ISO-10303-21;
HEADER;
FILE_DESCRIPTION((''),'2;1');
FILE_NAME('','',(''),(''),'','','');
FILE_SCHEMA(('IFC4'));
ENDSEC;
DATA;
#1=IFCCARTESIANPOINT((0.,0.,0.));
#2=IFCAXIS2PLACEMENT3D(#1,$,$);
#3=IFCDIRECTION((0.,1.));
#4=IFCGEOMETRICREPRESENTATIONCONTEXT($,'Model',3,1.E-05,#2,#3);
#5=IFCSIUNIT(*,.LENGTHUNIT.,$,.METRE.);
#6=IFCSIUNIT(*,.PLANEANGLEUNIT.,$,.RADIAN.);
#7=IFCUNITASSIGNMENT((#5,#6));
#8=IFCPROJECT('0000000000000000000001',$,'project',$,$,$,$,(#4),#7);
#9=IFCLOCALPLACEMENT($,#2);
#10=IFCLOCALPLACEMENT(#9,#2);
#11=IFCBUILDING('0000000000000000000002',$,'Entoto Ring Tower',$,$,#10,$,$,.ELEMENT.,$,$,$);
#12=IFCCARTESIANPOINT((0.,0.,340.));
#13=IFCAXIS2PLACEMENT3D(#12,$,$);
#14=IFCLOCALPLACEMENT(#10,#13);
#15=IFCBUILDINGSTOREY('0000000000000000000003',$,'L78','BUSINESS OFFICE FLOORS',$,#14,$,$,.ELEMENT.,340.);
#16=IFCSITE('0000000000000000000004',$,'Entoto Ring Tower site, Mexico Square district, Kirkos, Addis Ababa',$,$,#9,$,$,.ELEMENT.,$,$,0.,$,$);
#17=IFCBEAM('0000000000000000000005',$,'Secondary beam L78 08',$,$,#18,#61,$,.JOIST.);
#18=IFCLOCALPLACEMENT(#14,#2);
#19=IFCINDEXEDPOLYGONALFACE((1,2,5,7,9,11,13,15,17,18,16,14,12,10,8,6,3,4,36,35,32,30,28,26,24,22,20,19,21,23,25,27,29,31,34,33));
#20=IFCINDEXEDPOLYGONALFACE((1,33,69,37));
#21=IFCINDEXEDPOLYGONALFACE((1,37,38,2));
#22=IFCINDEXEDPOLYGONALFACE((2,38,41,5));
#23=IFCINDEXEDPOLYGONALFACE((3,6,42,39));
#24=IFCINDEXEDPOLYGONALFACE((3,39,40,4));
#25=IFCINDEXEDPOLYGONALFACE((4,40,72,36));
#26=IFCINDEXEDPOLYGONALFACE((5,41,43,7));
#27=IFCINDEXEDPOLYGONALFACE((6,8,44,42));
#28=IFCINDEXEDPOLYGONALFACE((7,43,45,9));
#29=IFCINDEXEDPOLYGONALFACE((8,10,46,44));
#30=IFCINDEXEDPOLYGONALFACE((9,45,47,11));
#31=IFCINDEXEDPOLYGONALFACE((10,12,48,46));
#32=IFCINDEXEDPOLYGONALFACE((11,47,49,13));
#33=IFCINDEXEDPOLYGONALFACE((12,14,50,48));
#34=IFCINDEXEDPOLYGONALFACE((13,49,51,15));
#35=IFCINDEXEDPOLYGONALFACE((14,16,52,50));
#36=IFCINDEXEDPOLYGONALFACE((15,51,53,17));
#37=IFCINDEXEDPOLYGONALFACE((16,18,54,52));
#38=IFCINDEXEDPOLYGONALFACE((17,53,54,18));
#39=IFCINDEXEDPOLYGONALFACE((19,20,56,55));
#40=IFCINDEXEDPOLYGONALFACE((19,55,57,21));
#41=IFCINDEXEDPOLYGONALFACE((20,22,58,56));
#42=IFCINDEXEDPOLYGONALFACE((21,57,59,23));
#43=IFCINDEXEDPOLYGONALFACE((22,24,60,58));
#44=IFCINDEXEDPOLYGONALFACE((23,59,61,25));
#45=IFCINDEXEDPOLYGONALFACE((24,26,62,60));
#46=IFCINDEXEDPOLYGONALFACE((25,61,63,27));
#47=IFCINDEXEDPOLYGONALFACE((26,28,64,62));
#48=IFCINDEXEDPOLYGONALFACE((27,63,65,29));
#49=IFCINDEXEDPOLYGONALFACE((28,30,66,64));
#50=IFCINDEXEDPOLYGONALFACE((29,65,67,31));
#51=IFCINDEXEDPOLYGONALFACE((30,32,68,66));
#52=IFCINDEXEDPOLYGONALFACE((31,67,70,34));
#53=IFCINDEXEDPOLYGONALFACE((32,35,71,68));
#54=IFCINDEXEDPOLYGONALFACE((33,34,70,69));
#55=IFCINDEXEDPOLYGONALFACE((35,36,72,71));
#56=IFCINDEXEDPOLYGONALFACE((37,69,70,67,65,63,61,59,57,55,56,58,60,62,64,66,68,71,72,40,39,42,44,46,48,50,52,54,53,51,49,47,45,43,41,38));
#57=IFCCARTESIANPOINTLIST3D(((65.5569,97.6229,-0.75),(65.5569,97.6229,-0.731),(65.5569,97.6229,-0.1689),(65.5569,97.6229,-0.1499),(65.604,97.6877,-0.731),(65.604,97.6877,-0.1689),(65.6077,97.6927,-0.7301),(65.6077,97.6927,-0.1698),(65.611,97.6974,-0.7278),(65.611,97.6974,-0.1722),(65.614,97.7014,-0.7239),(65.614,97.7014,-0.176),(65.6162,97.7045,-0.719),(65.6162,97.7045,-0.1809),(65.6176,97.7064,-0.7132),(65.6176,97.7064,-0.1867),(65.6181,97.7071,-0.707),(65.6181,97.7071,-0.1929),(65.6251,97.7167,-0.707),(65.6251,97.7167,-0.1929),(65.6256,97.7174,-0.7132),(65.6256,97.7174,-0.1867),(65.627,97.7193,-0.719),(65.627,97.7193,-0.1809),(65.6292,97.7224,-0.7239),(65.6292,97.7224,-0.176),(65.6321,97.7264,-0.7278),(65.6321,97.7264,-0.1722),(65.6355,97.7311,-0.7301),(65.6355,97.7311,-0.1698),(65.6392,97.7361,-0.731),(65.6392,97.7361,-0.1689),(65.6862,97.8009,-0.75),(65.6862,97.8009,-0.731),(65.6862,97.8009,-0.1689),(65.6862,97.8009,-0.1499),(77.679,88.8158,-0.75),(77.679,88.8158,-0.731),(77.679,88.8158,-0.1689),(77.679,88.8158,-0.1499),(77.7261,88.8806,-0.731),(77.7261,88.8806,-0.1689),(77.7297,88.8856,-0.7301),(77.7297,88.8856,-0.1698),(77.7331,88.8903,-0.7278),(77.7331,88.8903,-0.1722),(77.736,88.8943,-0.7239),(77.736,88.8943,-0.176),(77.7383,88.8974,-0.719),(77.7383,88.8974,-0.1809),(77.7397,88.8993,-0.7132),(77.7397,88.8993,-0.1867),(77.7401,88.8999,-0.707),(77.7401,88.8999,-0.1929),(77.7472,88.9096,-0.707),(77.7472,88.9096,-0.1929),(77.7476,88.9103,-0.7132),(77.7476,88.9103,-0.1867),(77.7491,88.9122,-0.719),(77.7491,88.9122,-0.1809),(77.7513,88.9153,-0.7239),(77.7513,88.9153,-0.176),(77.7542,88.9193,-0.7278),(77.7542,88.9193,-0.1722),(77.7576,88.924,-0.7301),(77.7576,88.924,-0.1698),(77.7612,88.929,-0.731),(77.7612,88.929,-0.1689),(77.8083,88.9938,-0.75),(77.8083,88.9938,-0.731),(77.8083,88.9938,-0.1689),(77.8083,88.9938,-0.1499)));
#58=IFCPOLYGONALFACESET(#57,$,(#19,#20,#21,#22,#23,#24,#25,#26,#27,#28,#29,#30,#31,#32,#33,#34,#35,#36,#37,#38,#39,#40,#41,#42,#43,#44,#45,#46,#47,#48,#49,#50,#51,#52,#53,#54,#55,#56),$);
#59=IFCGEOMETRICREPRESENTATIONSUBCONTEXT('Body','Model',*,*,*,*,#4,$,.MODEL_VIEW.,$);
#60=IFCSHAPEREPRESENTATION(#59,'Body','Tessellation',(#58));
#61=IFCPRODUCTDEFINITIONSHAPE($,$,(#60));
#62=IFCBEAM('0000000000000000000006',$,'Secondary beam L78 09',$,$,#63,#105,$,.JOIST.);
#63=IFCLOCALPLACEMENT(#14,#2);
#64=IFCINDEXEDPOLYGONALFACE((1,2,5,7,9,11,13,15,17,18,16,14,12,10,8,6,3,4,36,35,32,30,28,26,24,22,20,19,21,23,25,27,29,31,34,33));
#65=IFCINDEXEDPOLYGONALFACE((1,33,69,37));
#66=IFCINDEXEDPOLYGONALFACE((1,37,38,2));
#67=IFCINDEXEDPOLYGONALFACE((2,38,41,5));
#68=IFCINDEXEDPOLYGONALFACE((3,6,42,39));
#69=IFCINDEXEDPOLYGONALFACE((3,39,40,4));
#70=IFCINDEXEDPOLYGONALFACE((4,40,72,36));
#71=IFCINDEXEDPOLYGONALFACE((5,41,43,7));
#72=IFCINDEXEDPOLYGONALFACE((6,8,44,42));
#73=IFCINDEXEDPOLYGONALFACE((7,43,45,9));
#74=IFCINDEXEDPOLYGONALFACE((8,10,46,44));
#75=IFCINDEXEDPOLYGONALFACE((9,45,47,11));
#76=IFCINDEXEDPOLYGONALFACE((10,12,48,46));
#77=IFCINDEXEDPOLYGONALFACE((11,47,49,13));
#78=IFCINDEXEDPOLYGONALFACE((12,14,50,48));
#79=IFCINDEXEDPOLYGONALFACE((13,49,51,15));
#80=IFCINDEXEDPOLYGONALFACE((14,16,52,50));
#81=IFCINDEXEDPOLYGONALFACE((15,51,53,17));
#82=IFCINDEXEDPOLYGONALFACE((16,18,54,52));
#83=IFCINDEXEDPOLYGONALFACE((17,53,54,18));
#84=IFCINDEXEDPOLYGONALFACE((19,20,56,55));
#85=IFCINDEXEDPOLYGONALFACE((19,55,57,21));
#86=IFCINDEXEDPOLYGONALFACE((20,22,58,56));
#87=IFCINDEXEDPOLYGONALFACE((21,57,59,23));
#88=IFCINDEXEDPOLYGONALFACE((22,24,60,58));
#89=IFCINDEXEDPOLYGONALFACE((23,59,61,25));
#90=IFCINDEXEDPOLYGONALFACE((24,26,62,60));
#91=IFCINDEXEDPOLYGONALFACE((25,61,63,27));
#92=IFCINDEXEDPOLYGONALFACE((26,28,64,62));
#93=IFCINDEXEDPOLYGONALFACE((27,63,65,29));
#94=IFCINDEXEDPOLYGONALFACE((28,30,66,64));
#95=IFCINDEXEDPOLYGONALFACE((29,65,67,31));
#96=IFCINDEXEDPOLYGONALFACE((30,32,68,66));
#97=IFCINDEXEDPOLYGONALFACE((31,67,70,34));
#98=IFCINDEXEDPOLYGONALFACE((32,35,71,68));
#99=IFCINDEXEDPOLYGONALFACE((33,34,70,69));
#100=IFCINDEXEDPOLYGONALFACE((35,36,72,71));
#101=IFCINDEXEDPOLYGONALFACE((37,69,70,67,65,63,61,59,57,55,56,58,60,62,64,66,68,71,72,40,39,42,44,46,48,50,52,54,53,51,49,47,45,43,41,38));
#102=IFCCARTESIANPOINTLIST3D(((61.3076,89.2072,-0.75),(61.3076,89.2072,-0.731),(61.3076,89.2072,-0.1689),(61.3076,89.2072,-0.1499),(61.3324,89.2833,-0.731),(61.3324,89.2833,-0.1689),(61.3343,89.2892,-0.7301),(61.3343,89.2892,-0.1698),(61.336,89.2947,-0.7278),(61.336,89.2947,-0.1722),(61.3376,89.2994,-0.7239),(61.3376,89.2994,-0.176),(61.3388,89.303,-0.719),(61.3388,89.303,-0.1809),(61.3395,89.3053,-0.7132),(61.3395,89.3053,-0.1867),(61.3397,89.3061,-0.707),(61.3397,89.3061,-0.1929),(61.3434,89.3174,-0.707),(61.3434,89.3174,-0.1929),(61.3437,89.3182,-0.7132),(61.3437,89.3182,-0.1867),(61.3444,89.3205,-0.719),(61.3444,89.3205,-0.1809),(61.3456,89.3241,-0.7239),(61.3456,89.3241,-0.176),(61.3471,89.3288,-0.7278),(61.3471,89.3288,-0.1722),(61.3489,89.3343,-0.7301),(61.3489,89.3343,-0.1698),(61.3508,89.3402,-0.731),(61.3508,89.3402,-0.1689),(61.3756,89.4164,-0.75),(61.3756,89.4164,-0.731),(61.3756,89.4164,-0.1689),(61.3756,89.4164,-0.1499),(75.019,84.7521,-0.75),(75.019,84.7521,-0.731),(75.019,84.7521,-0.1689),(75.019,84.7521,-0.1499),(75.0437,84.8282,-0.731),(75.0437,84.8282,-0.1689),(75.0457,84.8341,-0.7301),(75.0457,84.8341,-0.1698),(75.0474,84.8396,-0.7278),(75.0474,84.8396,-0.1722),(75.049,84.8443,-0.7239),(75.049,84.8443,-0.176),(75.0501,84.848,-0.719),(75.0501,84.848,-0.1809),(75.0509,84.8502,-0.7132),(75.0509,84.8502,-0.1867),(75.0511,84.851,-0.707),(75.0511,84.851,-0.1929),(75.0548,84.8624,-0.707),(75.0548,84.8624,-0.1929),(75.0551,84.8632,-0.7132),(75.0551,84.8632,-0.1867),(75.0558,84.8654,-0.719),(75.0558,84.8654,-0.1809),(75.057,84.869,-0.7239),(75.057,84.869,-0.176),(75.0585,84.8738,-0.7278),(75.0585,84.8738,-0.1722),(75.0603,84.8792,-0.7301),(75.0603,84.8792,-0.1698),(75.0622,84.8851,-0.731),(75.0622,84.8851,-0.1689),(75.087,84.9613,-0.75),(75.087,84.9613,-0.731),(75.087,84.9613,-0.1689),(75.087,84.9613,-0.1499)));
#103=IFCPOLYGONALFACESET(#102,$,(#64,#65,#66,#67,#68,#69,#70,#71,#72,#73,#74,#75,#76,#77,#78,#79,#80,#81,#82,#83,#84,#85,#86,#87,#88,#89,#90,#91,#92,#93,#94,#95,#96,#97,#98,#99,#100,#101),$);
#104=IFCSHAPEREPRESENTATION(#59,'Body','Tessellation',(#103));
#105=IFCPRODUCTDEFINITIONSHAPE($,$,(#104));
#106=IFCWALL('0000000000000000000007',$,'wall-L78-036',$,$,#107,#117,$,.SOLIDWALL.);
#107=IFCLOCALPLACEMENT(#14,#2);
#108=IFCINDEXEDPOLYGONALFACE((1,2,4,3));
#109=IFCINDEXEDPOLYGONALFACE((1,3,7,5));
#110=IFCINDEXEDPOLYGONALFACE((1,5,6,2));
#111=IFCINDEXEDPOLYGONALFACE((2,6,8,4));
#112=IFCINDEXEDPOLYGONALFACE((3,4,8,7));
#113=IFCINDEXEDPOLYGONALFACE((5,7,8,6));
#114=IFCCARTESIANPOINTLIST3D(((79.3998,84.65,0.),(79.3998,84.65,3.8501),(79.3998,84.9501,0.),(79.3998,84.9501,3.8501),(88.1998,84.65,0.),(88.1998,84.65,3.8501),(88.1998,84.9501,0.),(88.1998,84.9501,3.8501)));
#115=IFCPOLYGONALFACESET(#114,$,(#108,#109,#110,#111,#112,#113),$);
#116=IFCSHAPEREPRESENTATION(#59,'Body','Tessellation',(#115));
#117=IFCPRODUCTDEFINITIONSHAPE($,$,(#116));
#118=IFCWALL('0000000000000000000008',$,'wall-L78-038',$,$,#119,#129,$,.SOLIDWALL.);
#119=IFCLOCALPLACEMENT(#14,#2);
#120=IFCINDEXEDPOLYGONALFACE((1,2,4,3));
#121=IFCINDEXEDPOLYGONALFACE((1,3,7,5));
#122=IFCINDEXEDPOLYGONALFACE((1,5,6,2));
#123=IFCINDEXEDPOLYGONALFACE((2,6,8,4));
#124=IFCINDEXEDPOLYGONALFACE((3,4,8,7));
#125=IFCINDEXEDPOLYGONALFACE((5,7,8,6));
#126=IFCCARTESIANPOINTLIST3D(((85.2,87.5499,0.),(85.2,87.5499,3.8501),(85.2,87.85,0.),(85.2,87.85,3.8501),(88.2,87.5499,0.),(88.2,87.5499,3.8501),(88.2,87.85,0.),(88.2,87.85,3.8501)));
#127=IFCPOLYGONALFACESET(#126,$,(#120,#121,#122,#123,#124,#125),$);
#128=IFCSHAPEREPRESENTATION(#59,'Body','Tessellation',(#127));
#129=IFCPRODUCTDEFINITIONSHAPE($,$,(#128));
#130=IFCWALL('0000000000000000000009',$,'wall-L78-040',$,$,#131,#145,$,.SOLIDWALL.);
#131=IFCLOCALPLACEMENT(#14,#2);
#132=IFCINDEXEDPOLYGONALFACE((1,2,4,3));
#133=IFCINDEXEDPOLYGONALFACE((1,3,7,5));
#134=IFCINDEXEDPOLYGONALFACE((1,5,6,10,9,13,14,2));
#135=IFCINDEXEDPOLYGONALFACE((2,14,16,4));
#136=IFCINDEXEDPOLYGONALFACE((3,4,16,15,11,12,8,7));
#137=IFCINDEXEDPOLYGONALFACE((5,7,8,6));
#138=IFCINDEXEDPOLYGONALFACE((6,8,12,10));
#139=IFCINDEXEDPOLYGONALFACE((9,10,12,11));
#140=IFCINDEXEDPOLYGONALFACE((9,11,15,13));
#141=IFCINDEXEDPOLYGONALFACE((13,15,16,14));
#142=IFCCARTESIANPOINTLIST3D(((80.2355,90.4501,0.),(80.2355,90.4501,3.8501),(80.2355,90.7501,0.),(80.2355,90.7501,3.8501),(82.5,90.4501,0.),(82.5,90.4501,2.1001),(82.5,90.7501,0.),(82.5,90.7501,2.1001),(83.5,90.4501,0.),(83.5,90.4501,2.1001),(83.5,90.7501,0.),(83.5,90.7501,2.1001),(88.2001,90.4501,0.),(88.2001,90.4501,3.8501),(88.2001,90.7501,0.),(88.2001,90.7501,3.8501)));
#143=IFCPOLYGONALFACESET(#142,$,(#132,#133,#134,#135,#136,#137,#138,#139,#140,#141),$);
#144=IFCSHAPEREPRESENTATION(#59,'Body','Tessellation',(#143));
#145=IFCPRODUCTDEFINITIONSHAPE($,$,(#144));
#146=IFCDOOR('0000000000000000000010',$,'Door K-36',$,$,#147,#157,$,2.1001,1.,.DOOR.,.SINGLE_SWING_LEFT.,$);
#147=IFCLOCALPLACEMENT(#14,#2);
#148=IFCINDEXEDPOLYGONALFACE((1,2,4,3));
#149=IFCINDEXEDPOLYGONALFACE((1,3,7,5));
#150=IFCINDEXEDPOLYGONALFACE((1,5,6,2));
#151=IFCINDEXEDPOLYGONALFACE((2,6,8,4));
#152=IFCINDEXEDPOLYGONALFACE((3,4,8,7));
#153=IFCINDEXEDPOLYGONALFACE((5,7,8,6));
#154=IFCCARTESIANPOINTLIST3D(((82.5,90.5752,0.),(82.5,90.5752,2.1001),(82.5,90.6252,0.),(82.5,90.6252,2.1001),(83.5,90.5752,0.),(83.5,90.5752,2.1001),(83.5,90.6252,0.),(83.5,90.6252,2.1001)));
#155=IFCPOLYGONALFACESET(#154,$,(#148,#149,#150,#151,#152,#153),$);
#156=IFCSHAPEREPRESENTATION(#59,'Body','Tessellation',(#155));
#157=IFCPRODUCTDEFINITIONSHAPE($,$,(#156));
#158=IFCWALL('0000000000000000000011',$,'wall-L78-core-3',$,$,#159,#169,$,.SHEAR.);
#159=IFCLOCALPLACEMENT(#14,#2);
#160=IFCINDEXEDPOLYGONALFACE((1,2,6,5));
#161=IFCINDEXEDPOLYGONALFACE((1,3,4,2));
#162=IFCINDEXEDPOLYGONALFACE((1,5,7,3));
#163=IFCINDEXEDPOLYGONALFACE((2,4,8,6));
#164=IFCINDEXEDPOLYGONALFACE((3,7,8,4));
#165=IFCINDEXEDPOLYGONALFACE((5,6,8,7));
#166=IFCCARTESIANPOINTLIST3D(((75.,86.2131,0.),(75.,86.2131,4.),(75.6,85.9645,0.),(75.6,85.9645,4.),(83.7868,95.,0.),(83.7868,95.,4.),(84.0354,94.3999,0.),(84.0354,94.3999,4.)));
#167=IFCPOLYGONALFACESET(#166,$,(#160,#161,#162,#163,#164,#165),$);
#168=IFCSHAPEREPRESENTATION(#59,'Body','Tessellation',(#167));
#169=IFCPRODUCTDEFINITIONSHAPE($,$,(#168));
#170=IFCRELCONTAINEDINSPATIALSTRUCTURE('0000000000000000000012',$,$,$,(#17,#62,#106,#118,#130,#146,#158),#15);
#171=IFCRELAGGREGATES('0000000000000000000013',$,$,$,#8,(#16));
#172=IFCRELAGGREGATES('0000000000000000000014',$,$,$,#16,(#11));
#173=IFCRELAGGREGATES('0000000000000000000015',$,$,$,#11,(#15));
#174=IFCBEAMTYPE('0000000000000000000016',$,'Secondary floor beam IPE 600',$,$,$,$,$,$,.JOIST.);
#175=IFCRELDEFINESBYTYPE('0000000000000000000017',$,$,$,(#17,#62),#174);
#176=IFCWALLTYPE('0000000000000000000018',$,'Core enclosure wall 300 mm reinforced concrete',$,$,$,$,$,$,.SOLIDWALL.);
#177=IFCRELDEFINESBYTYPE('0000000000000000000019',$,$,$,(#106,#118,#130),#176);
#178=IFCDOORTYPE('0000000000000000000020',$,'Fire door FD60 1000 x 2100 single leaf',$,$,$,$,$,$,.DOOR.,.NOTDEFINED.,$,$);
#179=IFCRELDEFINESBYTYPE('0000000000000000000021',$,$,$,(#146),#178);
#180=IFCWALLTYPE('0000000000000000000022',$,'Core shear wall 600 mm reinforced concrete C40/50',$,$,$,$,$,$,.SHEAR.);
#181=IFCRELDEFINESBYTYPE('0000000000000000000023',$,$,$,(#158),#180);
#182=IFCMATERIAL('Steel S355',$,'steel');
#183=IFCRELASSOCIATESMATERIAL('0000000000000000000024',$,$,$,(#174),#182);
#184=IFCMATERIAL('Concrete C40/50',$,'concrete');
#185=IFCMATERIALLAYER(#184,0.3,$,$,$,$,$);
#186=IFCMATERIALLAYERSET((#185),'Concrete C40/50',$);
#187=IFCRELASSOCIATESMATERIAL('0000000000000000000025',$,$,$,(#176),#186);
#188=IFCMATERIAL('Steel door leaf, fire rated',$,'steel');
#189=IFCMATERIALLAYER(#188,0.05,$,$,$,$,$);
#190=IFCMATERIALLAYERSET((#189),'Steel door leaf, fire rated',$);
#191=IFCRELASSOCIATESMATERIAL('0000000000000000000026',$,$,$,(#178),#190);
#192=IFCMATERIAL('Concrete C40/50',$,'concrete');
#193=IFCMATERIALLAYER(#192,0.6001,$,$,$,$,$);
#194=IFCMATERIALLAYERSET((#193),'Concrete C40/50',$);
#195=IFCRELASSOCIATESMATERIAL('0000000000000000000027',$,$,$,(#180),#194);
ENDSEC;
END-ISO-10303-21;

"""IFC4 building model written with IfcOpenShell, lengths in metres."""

from ifc_helpers import new_model, si_unit, direction, frame, frame_2d, origin, origin_2d, place, context, subcontext, project, spatial, polyline, rectangle, i_section, outline, extrude, material, layer, layer_set, material_profile, profile_set, type_object, element, fill, save


model = new_model("IFC4")

# Units and contexts
model_context = context("Model", 3, precision=1e-05, world=origin(), true_north=direction((0.0, 1.0)))
body_context = subcontext(model_context, "Body", "Model", "MODEL_VIEW")
ifc_project = project(units=[si_unit("LENGTHUNIT", "METRE"), si_unit("PLANEANGLEUNIT", "RADIAN")], contexts=[model_context])

# Site, building, storey
site_placement = place(None, origin())
site = spatial("IfcSite", under=ifc_project, at=site_placement, Name="Entoto Ring Tower site, Mexico Square district, Kirkos, Addis Ababa", CompositionType="ELEMENT", RefElevation=0.0)
building_placement = place(site_placement, origin())
building = spatial("IfcBuilding", under=site, at=building_placement, Name="Entoto Ring Tower", CompositionType="ELEMENT")
storey_placement = place(building_placement, frame((0.0, 0.0, 340.0)))
storey = spatial("IfcBuildingStorey", under=building, at=storey_placement, Name="L78", Description="BUSINESS OFFICE FLOORS", CompositionType="ELEMENT", Elevation=340.0)

# Beams
ifc_material_1 = material(Name="Steel S355", Category="steel")
ifc_material_profile_1 = material_profile(ifc_material_1, i_section(OverallWidth=0.22, OverallDepth=0.6001, WebThickness=0.012, FlangeThickness=0.019, FilletRadius=0.0239, at=origin_2d()), Name="IPE 600")
ifc_profile_set_1 = profile_set([ifc_material_profile_1], Name="Steel S355")
beam_type_1 = type_object("IfcBeamType", Name="Secondary floor beam IPE 600", PredefinedType="JOIST", material=ifc_profile_set_1)
for number, where, z_axis, x_axis, name in (
    (1, (77.7437, 88.9048, -0.45), (-0.809019, 0.587782, 0.0), (-0.587782, -0.809019, 0.0), "Secondary beam L78 08"),
):
    element("IfcBeam", number, at=place(storey_placement, frame(where, z_axis=z_axis, x_axis=x_axis)), inside=storey, type_object=beam_type_1, Name=name, PredefinedType="JOIST", context=body_context, shape_type="SweptSolid", body=[
        extrude(i_section(OverallWidth=0.22, OverallDepth=0.6001, WebThickness=0.012, FlangeThickness=0.019, FilletRadius=0.0239, at=origin_2d()), origin(), (0.0, 0.0, 1.0), 14.9836),
    ])
beam_1_placement = place(storey_placement, frame((75.053, 84.8567, -0.45), z_axis=(-0.951057, 0.309015, 0.0), x_axis=(-0.309015, -0.951057, 0.0)))
element("IfcBeam", 2, at=beam_1_placement, inside=storey, type_object=beam_type_1, Name="Secondary beam L78 09", PredefinedType="JOIST", context=body_context, shape_type="SweptSolid", body=[
    extrude(i_section(OverallWidth=0.22, OverallDepth=0.6001, WebThickness=0.012, FlangeThickness=0.019, FilletRadius=0.0239, at=origin_2d()), origin(), (0.0, 0.0, 1.0), 14.417),
])

# Walls
ifc_material_2 = material(Name="Concrete C40/50", Category="concrete")
ifc_layer_1 = layer(ifc_material_2, 0.3)
ifc_layer_set_1 = layer_set([ifc_layer_1], Name="Concrete C40/50")
wall_type_1 = type_object("IfcWallType", Name="Core enclosure wall 300 mm reinforced concrete", PredefinedType="SOLIDWALL", material=ifc_layer_set_1)
wall_1_placement = place(storey_placement, frame((79.3999, 84.8, 0.0), z_axis=(0.0, 0.0, 1.0), x_axis=(1.0, 0.0, 0.0)))
element("IfcWall", 3, at=wall_1_placement, inside=storey, type_object=wall_type_1, Name="wall-L78-036", PredefinedType="SOLIDWALL", context=body_context, shape_type="SweptSolid", body=[
    extrude(rectangle(XDim=8.8, YDim=0.3, at=frame_2d((4.3999, 0.0))), origin(), (0.0, 0.0, 1.0), 3.8501),
])
wall_2_placement = place(storey_placement, frame((85.2, 87.7, 0.0), z_axis=(0.0, 0.0, 1.0), x_axis=(1.0, 0.0, 0.0)))
element("IfcWall", 4, at=wall_2_placement, inside=storey, type_object=wall_type_1, Name="wall-L78-038", PredefinedType="SOLIDWALL", context=body_context, shape_type="SweptSolid", body=[
    extrude(rectangle(XDim=3.0, YDim=0.3, at=frame_2d((1.5, 0.0))), origin(), (0.0, 0.0, 1.0), 3.8501),
])

# Wall, opening, door
wall_3_placement = place(storey_placement, frame((80.2354, 90.6001, 0.0), z_axis=(0.0, 0.0, 1.0), x_axis=(1.0, 0.0, 0.0)))
wall_3 = element("IfcWall", 5, at=wall_3_placement, inside=storey, type_object=wall_type_1, Name="wall-L78-040", PredefinedType="SOLIDWALL", context=body_context, shape_type="SweptSolid", body=[
    extrude(rectangle(XDim=7.9646, YDim=0.3, at=frame_2d((3.9824, 0.0))), origin(), (0.0, 0.0, 1.0), 3.8501),
])
opening_1_placement = place(wall_3_placement, frame((2.2646, 0.0, 0.0)))
opening_1 = element("IfcOpeningElement", 6, at=opening_1_placement, cuts=wall_3, PredefinedType="OPENING", context=body_context, shape_type="SweptSolid", body=[
    extrude(rectangle(XDim=1.0, YDim=2.1001, at=frame_2d((0.5, 1.05))), frame((0.0, 0.1602, 0.0), z_axis=(0.0, -1.0, 0.0), x_axis=(1.0, 0.0, 0.0)), (0.0, 0.0, 1.0), 0.3201),
])
ifc_material_3 = material(Name="Steel door leaf, fire rated", Category="steel")
ifc_layer_2 = layer(ifc_material_3, 0.05)
ifc_layer_set_2 = layer_set([ifc_layer_2], Name="Steel door leaf, fire rated")
door_type_1 = type_object("IfcDoorType", Name="Fire door FD60 1000 x 2100 single leaf", OperationType="NOTDEFINED", PredefinedType="DOOR", material=ifc_layer_set_2)
door_1_placement = place(opening_1_placement, frame((1.0, 0.0, 0.0), z_axis=(0.0, 0.0, 1.0), x_axis=(-1.0, 0.0, 0.0)))
door_1 = element("IfcDoor", 7, at=door_1_placement, inside=storey, type_object=door_type_1, Name="Door K-36", OperationType="SINGLE_SWING_LEFT", OverallHeight=2.1001, OverallWidth=1.0, PredefinedType="DOOR", context=body_context, shape_type="SweptSolid", body=[
    extrude(rectangle(XDim=1.0, YDim=2.1001, at=frame_2d((0.5, 1.05))), frame((0.0, 0.0249, 0.0), z_axis=(0.0, -1.0, 0.0), x_axis=(1.0, 0.0, 0.0)), (0.0, 0.0, 1.0), 0.05),
])
fill(opening_1, door_1)

# Wall
ifc_material_4 = material(Name="Concrete C40/50", Category="concrete")
ifc_layer_3 = layer(ifc_material_4, 0.6001)
ifc_layer_set_3 = layer_set([ifc_layer_3], Name="Concrete C40/50")
wall_type_2 = type_object("IfcWallType", Name="Core shear wall 600 mm reinforced concrete C40/50", PredefinedType="SHEAR", material=ifc_layer_set_3)
wall_4_placement = place(storey_placement, frame((83.9111, 94.7, 0.0), z_axis=(0.0, 0.0, 1.0), x_axis=(-0.707107, -0.707107, 0.0)))
element("IfcWall", 8, at=wall_4_placement, inside=storey, type_object=wall_type_2, Name="wall-L78-core-3", PredefinedType="SHEAR", context=body_context, shape_type="SweptSolid", body=[
    extrude(outline(polyline([(-0.1243, -0.3), (12.3022, -0.3), (12.0537, 0.3), (0.1243, 0.3), (-0.1243, -0.3)])), origin(), (0.0, 0.0, 1.0), 4.0),
])

save(model, "model.ifc")
